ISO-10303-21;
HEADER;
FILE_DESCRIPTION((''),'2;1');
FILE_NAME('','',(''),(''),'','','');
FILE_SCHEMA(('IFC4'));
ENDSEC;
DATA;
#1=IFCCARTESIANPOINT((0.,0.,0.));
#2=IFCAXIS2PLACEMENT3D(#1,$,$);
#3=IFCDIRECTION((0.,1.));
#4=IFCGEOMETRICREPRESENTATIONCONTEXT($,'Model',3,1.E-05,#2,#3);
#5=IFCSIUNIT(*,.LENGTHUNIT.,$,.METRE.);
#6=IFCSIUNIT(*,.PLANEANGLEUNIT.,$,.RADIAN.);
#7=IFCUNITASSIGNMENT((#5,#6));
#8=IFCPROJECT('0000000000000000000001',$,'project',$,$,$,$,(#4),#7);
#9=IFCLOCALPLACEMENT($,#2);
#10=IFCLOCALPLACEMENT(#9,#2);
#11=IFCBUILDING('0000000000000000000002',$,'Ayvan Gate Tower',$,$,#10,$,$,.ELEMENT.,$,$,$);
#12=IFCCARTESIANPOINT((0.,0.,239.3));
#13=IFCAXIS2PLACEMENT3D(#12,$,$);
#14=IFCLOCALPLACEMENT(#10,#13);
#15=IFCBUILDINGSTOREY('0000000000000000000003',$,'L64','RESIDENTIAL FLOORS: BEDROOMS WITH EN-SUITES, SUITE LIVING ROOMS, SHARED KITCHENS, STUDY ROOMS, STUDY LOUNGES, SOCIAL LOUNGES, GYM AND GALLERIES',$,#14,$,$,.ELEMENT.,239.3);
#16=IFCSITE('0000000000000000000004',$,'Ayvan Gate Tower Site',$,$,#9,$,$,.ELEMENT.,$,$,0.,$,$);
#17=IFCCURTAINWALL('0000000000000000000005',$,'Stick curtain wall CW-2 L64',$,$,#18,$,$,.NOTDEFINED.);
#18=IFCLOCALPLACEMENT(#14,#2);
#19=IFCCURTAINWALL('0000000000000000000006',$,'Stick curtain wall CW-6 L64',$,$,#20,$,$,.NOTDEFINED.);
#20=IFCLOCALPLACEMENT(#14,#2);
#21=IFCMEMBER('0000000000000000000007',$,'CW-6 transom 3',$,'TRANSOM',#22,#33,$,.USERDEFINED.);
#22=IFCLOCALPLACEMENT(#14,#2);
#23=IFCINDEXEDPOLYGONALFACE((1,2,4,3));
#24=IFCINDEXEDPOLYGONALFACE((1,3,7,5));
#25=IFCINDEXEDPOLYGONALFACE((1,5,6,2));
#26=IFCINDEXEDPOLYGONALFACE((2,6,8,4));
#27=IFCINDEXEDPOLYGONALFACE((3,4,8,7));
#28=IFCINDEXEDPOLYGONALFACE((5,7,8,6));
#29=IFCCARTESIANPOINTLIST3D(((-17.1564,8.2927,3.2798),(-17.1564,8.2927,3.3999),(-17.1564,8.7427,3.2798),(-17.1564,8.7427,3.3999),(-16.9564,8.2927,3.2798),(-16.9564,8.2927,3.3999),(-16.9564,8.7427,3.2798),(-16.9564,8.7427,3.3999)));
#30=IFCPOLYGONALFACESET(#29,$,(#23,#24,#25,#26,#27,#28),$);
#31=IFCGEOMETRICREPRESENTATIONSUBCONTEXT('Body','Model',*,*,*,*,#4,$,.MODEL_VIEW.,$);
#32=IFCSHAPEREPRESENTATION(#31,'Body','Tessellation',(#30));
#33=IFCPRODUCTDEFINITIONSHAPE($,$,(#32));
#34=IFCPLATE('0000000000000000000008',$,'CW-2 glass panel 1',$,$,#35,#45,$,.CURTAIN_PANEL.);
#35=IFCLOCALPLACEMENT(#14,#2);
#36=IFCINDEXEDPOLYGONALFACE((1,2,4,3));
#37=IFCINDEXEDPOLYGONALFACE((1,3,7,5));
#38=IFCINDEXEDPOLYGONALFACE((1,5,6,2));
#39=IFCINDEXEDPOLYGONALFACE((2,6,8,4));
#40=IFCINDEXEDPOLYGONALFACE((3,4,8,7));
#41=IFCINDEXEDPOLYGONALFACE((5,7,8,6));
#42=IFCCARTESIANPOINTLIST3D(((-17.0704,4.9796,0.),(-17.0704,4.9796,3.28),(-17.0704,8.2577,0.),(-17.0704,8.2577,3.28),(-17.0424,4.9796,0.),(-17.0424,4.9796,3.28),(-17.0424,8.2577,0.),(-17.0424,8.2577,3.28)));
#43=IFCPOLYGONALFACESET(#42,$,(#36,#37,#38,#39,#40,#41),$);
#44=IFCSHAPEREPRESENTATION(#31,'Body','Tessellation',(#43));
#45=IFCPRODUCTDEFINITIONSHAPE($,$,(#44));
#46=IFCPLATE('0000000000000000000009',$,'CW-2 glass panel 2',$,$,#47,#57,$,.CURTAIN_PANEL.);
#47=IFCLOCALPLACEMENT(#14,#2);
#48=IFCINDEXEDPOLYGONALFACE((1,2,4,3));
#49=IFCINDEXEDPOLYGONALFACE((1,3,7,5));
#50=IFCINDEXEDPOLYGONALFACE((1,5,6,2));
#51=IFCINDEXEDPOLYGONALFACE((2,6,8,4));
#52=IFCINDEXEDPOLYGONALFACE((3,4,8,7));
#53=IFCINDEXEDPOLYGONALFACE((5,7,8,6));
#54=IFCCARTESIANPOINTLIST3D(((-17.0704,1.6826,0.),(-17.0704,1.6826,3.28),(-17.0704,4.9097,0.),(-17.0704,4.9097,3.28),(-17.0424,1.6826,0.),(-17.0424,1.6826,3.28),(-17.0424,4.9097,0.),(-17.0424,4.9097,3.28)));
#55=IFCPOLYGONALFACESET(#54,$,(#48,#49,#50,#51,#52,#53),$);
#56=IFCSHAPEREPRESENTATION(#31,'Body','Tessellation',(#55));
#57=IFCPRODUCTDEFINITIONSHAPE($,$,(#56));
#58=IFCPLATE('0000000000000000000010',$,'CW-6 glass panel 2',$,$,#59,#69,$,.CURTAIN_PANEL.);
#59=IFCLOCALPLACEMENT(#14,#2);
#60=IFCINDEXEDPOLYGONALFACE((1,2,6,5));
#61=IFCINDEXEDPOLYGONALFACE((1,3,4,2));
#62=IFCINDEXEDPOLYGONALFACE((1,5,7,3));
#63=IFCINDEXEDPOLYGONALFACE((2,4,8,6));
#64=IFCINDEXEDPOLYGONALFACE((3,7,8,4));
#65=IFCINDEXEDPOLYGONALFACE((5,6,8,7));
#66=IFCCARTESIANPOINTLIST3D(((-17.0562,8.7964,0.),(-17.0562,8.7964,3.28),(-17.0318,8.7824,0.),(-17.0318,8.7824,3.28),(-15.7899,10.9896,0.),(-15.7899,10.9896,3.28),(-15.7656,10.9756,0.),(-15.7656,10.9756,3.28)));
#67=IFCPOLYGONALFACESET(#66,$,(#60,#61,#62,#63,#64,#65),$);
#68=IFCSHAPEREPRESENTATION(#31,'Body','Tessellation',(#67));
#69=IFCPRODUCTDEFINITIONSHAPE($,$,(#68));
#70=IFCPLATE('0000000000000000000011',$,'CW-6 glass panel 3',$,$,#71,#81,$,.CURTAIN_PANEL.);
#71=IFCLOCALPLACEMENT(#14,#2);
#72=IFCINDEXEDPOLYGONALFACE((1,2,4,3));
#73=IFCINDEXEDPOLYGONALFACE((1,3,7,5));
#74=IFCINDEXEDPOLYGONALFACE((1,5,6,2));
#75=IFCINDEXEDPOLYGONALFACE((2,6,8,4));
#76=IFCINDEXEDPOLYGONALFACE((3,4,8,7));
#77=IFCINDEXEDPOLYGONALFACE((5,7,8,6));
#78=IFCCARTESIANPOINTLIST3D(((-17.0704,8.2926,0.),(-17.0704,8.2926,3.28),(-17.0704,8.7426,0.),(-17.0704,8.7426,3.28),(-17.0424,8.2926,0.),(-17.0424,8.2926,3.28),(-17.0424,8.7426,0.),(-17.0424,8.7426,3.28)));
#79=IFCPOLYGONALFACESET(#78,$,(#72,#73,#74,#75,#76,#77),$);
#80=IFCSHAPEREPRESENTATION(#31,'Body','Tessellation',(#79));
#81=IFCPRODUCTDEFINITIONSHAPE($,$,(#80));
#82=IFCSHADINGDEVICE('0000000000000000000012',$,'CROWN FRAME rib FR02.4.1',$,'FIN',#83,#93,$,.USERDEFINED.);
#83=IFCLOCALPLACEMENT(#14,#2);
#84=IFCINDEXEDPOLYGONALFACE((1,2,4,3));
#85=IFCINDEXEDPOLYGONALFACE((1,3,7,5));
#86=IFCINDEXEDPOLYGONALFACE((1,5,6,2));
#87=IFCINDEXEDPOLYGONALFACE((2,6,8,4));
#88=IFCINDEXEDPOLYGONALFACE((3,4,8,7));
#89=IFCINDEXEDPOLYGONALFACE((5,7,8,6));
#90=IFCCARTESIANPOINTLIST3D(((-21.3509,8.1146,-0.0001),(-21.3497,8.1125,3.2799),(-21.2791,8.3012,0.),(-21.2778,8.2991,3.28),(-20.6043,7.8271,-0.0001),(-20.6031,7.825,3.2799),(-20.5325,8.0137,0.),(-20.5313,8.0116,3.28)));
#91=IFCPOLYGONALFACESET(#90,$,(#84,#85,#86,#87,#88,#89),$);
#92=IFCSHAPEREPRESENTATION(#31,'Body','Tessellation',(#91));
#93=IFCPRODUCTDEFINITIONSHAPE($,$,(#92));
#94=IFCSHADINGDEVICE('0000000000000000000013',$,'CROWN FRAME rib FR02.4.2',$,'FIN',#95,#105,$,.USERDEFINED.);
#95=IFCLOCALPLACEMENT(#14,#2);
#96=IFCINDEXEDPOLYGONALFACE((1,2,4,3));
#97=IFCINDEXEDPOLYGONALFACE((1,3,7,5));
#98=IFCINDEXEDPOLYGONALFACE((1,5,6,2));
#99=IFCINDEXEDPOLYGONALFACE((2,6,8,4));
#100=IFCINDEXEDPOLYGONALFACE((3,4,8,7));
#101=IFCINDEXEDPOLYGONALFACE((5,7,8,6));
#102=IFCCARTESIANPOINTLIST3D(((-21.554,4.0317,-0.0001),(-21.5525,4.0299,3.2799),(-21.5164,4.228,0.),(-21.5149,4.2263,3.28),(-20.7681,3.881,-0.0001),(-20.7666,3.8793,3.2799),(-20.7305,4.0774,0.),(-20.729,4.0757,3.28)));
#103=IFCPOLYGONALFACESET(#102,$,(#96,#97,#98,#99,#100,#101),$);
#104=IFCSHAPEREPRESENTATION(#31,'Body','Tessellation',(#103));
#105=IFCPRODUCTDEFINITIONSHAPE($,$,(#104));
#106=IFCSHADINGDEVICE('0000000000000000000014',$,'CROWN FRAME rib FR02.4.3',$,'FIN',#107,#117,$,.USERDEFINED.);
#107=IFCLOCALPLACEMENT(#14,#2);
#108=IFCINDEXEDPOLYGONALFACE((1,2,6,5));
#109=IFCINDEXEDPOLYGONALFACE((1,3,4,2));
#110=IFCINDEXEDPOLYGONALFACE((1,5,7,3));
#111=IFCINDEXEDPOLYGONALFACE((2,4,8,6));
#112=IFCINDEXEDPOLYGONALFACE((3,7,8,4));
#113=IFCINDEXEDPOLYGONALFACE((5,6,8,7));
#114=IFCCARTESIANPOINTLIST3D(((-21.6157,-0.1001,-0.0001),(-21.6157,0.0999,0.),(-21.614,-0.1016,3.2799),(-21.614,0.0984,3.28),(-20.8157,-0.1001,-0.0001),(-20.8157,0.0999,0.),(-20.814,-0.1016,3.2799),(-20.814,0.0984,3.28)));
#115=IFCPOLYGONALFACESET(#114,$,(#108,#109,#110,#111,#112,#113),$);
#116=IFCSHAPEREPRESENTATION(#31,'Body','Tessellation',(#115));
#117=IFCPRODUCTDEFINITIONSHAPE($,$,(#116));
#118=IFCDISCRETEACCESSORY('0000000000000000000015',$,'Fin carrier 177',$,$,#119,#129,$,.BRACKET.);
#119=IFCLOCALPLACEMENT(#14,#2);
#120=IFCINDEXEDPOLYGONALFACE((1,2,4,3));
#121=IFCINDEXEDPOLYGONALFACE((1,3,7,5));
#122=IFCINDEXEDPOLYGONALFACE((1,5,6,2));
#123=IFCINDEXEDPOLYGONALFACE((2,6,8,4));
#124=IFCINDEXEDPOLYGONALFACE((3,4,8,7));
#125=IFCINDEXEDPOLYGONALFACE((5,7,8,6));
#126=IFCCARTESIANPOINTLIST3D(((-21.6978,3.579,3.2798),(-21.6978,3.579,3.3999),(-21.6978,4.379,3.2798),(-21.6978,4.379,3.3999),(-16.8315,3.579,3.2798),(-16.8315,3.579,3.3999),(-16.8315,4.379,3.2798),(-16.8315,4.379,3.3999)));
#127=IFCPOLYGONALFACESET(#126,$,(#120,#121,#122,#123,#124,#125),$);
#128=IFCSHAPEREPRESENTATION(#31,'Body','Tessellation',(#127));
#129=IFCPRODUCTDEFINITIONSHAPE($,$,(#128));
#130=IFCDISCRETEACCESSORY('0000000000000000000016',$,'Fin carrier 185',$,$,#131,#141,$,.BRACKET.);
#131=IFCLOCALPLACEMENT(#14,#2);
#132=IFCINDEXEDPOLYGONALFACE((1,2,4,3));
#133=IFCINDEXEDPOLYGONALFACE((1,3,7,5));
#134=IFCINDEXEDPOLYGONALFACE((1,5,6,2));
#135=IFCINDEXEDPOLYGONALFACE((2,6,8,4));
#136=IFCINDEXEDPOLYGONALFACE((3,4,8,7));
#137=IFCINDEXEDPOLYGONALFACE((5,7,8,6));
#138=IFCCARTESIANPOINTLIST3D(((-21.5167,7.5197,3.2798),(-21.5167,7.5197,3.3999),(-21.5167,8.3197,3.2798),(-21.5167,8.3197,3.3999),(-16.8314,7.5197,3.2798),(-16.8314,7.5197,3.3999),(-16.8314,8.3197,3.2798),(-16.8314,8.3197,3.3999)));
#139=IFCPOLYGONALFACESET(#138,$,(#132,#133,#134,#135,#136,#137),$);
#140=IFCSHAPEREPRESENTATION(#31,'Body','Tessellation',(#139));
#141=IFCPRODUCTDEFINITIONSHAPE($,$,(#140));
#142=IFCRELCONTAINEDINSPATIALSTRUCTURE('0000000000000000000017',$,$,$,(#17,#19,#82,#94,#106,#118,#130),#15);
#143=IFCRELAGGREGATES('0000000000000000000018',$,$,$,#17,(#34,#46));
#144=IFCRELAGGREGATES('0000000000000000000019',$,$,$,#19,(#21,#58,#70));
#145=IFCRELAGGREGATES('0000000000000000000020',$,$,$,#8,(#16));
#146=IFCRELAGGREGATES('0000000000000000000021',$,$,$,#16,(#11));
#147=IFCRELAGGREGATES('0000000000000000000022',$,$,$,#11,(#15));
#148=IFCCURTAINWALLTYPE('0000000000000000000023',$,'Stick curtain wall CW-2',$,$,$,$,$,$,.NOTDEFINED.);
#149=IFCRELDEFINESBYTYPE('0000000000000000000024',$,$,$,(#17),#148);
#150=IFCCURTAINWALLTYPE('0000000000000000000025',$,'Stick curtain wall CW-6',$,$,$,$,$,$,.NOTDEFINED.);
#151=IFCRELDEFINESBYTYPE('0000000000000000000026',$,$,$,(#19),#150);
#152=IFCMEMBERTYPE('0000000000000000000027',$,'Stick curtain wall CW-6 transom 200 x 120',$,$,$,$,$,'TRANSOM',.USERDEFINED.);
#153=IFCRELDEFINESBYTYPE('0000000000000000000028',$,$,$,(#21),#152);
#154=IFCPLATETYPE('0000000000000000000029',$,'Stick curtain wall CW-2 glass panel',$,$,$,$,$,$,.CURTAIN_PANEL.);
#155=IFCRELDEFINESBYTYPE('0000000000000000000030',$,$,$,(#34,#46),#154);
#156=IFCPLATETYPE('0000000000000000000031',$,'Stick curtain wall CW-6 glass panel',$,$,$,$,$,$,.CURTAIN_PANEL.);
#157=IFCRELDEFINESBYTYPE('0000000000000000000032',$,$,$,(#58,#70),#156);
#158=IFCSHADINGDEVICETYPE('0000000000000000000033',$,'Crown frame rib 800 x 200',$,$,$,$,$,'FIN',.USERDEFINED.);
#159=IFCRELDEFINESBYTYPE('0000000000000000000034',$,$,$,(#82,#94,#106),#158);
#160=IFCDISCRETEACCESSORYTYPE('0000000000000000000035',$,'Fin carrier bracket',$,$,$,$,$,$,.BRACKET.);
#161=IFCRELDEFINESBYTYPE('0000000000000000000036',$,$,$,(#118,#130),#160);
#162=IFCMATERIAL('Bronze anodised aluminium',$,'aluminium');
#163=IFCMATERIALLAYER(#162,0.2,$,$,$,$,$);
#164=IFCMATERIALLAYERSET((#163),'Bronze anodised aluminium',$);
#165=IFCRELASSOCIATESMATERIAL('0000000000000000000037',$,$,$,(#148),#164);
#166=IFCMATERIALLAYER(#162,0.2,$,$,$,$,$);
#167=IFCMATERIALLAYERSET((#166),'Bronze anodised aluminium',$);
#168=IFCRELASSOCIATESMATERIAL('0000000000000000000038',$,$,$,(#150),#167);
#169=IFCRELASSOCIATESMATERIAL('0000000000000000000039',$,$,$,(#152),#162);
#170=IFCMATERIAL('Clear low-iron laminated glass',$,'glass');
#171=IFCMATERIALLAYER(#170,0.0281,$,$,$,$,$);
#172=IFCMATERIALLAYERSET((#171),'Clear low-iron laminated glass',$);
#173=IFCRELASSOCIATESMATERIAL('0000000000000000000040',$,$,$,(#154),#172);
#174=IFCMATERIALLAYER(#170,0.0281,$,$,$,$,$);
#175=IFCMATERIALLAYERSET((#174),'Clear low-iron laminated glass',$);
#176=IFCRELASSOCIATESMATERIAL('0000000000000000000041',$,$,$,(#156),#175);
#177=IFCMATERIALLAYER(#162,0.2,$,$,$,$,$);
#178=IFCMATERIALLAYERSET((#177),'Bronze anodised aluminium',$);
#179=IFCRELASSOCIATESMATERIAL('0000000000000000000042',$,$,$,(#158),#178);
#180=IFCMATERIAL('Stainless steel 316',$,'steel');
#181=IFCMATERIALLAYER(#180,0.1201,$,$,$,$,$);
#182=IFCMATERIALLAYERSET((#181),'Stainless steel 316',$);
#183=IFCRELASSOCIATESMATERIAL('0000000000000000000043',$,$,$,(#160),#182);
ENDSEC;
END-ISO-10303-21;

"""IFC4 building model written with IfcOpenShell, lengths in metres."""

from ifc_helpers import new_model, si_unit, direction, frame, origin, origin_2d, place, context, subcontext, project, spatial, polyline, rectangle, outline, extrude, material, layer, layer_set, material_profile, profile_set, type_object, element, aggregate, save


model = new_model("IFC4")

# Units and contexts
model_context = context("Model", 3, precision=1e-05, world=origin(), true_north=direction((0.0, 1.0)))
body_context = subcontext(model_context, "Body", "Model", "MODEL_VIEW")
ifc_project = project(units=[si_unit("LENGTHUNIT", "METRE"), si_unit("PLANEANGLEUNIT", "RADIAN")], contexts=[model_context])

# Site, building, storey
site_placement = place(None, origin())
site = spatial("IfcSite", under=ifc_project, at=site_placement, Name="Ayvan Gate Tower Site", CompositionType="ELEMENT", RefElevation=0.0)
building_placement = place(site_placement, origin())
building = spatial("IfcBuilding", under=site, at=building_placement, Name="Ayvan Gate Tower", CompositionType="ELEMENT")
storey_placement = place(building_placement, frame((0.0, 0.0, 239.3)))
storey = spatial("IfcBuildingStorey", under=building, at=storey_placement, Name="L64", Description="RESIDENTIAL FLOORS: BEDROOMS WITH EN-SUITES, SUITE LIVING ROOMS, SHARED KITCHENS, STUDY ROOMS, STUDY LOUNGES, SOCIAL LOUNGES, GYM AND GALLERIES", CompositionType="ELEMENT", Elevation=239.3)

# Curtain walls, member
ifc_material_1 = material(Name="Bronze anodised aluminium", Category="aluminium")
ifc_layer_1 = layer(ifc_material_1, 0.2)
ifc_layer_set_1 = layer_set([ifc_layer_1], Name="Bronze anodised aluminium")
curtain_wall_type_1 = type_object("IfcCurtainWallType", Name="Stick curtain wall CW-2", PredefinedType="NOTDEFINED", material=ifc_layer_set_1)
curtain_wall_1_placement = place(storey_placement, origin())
curtain_wall_1 = element("IfcCurtainWall", 1, at=curtain_wall_1_placement, inside=storey, type_object=curtain_wall_type_1, Name="Stick curtain wall CW-2 L64", PredefinedType="NOTDEFINED")
ifc_layer_2 = layer(ifc_material_1, 0.2)
ifc_layer_set_2 = layer_set([ifc_layer_2], Name="Bronze anodised aluminium")
curtain_wall_type_2 = type_object("IfcCurtainWallType", Name="Stick curtain wall CW-6", PredefinedType="NOTDEFINED", material=ifc_layer_set_2)
curtain_wall_2_placement = place(storey_placement, origin())
curtain_wall_2 = element("IfcCurtainWall", 2, at=curtain_wall_2_placement, inside=storey, type_object=curtain_wall_type_2, Name="Stick curtain wall CW-6 L64", PredefinedType="NOTDEFINED")
ifc_material_profile_1 = material_profile(ifc_material_1, rectangle(XDim=0.2, YDim=0.1201, at=origin_2d()), Name="Stick curtain wall CW-6 transom 200 x 120")
ifc_profile_set_1 = profile_set([ifc_material_profile_1], Name="Bronze anodised aluminium")
member_type_1 = type_object("IfcMemberType", Name="Stick curtain wall CW-6 transom 200 x 120", ElementType="TRANSOM", PredefinedType="USERDEFINED", material=ifc_profile_set_1)
member_1_placement = place(storey_placement, frame((-17.0564, 8.7427, 3.3398), z_axis=(0.0, -1.0, 0.0), x_axis=(1.0, 0.0, 0.0)))
member_1 = element("IfcMember", 3, at=member_1_placement, type_object=member_type_1, Name="CW-6 transom 3", ObjectType="TRANSOM", PredefinedType="USERDEFINED", context=body_context, shape_type="SweptSolid", body=[
    extrude(rectangle(XDim=0.2, YDim=0.1201, at=origin_2d()), origin(), (0.0, 0.0, 1.0), 0.45),
])

# Plates
ifc_material_2 = material(Name="Clear low-iron laminated glass", Category="glass")
ifc_layer_3 = layer(ifc_material_2, 0.0281)
ifc_layer_set_3 = layer_set([ifc_layer_3], Name="Clear low-iron laminated glass")
plate_type_1 = type_object("IfcPlateType", Name="Stick curtain wall CW-2 glass panel", PredefinedType="CURTAIN_PANEL", material=ifc_layer_set_3)
plate_1_placement = place(storey_placement, frame((-17.0564, 6.6187, 0.0), z_axis=(0.0, 0.0, 1.0), x_axis=(0.0, -1.0, 0.0)))
plate_1 = element("IfcPlate", 4, at=plate_1_placement, type_object=plate_type_1, Name="CW-2 glass panel 1", PredefinedType="CURTAIN_PANEL", context=body_context, shape_type="SweptSolid", body=[
    extrude(rectangle(XDim=3.2781, YDim=0.0281, at=origin_2d()), origin(), (0.0, 0.0, 1.0), 3.28),
])
plate_2_placement = place(storey_placement, frame((-17.0564, 3.2961, 0.0), z_axis=(0.0, 0.0, 1.0), x_axis=(0.0, -1.0, 0.0)))
plate_2 = element("IfcPlate", 5, at=plate_2_placement, type_object=plate_type_1, Name="CW-2 glass panel 2", PredefinedType="CURTAIN_PANEL", context=body_context, shape_type="SweptSolid", body=[
    extrude(rectangle(XDim=3.2271, YDim=0.0281, at=origin_2d()), origin(), (0.0, 0.0, 1.0), 3.28),
])
aggregate(curtain_wall_1, [plate_1, plate_2])
ifc_layer_4 = layer(ifc_material_2, 0.0281)
ifc_layer_set_4 = layer_set([ifc_layer_4], Name="Clear low-iron laminated glass")
plate_type_2 = type_object("IfcPlateType", Name="Stick curtain wall CW-6 glass panel", PredefinedType="CURTAIN_PANEL", material=ifc_layer_set_4)
plate_3_placement = place(storey_placement, frame((-16.4109, 9.886, 0.0), z_axis=(0.0, 0.0, 1.0), x_axis=(-0.5, -0.866025, 0.0)))
plate_3 = element("IfcPlate", 6, at=plate_3_placement, type_object=plate_type_2, Name="CW-6 glass panel 2", PredefinedType="CURTAIN_PANEL", context=body_context, shape_type="SweptSolid", body=[
    extrude(rectangle(XDim=2.5325, YDim=0.0281, at=origin_2d()), origin(), (0.0, 0.0, 1.0), 3.28),
])
plate_4_placement = place(storey_placement, frame((-17.0564, 8.5176, 0.0), z_axis=(0.0, 0.0, 1.0), x_axis=(0.0, -1.0, 0.0)))
plate_4 = element("IfcPlate", 7, at=plate_4_placement, type_object=plate_type_2, Name="CW-6 glass panel 3", PredefinedType="CURTAIN_PANEL", context=body_context, shape_type="SweptSolid", body=[
    extrude(rectangle(XDim=0.45, YDim=0.0281, at=origin_2d()), origin(), (0.0, 0.0, 1.0), 3.28),
])
aggregate(curtain_wall_2, [member_1, plate_3, plate_4])

# Shading devices
ifc_layer_5 = layer(ifc_material_1, 0.2)
ifc_layer_set_5 = layer_set([ifc_layer_5], Name="Bronze anodised aluminium")
shading_device_type = type_object("IfcShadingDeviceType", Name="Crown frame rib 800 x 200", ElementType="FIN", PredefinedType="USERDEFINED", material=ifc_layer_set_5)
shading_device_1_placement = place(storey_placement, frame((-20.5325, 8.0137, 0.0), z_axis=(0.359337, 0.933208, 0.000457), x_axis=(-0.933208, 0.359337, 0.0)))
element("IfcShadingDevice", 8, at=shading_device_1_placement, inside=storey, type_object=shading_device_type, Name="CROWN FRAME rib FR02.4.1", ObjectType="FIN", PredefinedType="USERDEFINED", context=body_context, shape_type="SweptSolid", body=[
    extrude(outline(polyline([(0.0, 0.0), (0.8001, 0.0), (0.7981, 3.28), (-0.0018, 3.28), (0.0, 0.0)])), origin(), (0.0, 0.0, -1.0), 0.2),
])
shading_device_2_placement = place(storey_placement, frame((-20.7305, 4.0774, 0.0), z_axis=(0.188248, 0.982122, 0.000428), x_axis=(-0.982122, 0.188248, 0.0)))
element("IfcShadingDevice", 9, at=shading_device_2_placement, inside=storey, type_object=shading_device_type, Name="CROWN FRAME rib FR02.4.2", ObjectType="FIN", PredefinedType="USERDEFINED", context=body_context, shape_type="SweptSolid", body=[
    extrude(outline(polyline([(0.0, 0.0), (0.8002, 0.0), (0.7984, 3.28), (-0.0018, 3.28), (0.0, 0.0)])), origin(), (0.0, 0.0, -1.0), 0.2),
])
shading_device_3_placement = place(storey_placement, frame((-20.8157, 0.0999, 0.0), z_axis=(0.0, 1.0, 0.000447), x_axis=(-1.0, 0.0, 0.0)))
element("IfcShadingDevice", 10, at=shading_device_3_placement, inside=storey, type_object=shading_device_type, Name="CROWN FRAME rib FR02.4.3", ObjectType="FIN", PredefinedType="USERDEFINED", context=body_context, shape_type="SweptSolid", body=[
    extrude(outline(polyline([(0.0, 0.0), (0.8, 0.0), (0.7983, 3.28), (-0.0017, 3.28), (0.0, 0.0)])), origin(), (0.0, 0.0, -1.0), 0.2),
])

# Discrete accessories
ifc_material_3 = material(Name="Stainless steel 316", Category="steel")
ifc_layer_6 = layer(ifc_material_3, 0.1201)
ifc_layer_set_6 = layer_set([ifc_layer_6], Name="Stainless steel 316")
discrete_accessory_type = type_object("IfcDiscreteAccessoryType", Name="Fin carrier bracket", PredefinedType="BRACKET", material=ifc_layer_set_6)
discrete_accessory_1_placement = place(storey_placement, frame((-19.2646, 3.979, 3.2798), z_axis=(0.0, 0.0, 1.0), x_axis=(0.0, -1.0, 0.0)))
element("IfcDiscreteAccessory", 11, at=discrete_accessory_1_placement, inside=storey, type_object=discrete_accessory_type, Name="Fin carrier 177", PredefinedType="BRACKET", context=body_context, shape_type="SweptSolid", body=[
    extrude(rectangle(XDim=0.8, YDim=4.8662, at=origin_2d()), origin(), (0.0, 0.0, 1.0), 0.1201),
])
discrete_accessory_2_placement = place(storey_placement, frame((-19.1741, 7.9197, 3.2798), z_axis=(0.0, 0.0, 1.0), x_axis=(0.0, -1.0, 0.0)))
element("IfcDiscreteAccessory", 12, at=discrete_accessory_2_placement, inside=storey, type_object=discrete_accessory_type, Name="Fin carrier 185", PredefinedType="BRACKET", context=body_context, shape_type="SweptSolid", body=[
    extrude(rectangle(XDim=0.8, YDim=4.6853, at=origin_2d()), origin(), (0.0, 0.0, 1.0), 0.1201),
])

save(model, "model.ifc")
